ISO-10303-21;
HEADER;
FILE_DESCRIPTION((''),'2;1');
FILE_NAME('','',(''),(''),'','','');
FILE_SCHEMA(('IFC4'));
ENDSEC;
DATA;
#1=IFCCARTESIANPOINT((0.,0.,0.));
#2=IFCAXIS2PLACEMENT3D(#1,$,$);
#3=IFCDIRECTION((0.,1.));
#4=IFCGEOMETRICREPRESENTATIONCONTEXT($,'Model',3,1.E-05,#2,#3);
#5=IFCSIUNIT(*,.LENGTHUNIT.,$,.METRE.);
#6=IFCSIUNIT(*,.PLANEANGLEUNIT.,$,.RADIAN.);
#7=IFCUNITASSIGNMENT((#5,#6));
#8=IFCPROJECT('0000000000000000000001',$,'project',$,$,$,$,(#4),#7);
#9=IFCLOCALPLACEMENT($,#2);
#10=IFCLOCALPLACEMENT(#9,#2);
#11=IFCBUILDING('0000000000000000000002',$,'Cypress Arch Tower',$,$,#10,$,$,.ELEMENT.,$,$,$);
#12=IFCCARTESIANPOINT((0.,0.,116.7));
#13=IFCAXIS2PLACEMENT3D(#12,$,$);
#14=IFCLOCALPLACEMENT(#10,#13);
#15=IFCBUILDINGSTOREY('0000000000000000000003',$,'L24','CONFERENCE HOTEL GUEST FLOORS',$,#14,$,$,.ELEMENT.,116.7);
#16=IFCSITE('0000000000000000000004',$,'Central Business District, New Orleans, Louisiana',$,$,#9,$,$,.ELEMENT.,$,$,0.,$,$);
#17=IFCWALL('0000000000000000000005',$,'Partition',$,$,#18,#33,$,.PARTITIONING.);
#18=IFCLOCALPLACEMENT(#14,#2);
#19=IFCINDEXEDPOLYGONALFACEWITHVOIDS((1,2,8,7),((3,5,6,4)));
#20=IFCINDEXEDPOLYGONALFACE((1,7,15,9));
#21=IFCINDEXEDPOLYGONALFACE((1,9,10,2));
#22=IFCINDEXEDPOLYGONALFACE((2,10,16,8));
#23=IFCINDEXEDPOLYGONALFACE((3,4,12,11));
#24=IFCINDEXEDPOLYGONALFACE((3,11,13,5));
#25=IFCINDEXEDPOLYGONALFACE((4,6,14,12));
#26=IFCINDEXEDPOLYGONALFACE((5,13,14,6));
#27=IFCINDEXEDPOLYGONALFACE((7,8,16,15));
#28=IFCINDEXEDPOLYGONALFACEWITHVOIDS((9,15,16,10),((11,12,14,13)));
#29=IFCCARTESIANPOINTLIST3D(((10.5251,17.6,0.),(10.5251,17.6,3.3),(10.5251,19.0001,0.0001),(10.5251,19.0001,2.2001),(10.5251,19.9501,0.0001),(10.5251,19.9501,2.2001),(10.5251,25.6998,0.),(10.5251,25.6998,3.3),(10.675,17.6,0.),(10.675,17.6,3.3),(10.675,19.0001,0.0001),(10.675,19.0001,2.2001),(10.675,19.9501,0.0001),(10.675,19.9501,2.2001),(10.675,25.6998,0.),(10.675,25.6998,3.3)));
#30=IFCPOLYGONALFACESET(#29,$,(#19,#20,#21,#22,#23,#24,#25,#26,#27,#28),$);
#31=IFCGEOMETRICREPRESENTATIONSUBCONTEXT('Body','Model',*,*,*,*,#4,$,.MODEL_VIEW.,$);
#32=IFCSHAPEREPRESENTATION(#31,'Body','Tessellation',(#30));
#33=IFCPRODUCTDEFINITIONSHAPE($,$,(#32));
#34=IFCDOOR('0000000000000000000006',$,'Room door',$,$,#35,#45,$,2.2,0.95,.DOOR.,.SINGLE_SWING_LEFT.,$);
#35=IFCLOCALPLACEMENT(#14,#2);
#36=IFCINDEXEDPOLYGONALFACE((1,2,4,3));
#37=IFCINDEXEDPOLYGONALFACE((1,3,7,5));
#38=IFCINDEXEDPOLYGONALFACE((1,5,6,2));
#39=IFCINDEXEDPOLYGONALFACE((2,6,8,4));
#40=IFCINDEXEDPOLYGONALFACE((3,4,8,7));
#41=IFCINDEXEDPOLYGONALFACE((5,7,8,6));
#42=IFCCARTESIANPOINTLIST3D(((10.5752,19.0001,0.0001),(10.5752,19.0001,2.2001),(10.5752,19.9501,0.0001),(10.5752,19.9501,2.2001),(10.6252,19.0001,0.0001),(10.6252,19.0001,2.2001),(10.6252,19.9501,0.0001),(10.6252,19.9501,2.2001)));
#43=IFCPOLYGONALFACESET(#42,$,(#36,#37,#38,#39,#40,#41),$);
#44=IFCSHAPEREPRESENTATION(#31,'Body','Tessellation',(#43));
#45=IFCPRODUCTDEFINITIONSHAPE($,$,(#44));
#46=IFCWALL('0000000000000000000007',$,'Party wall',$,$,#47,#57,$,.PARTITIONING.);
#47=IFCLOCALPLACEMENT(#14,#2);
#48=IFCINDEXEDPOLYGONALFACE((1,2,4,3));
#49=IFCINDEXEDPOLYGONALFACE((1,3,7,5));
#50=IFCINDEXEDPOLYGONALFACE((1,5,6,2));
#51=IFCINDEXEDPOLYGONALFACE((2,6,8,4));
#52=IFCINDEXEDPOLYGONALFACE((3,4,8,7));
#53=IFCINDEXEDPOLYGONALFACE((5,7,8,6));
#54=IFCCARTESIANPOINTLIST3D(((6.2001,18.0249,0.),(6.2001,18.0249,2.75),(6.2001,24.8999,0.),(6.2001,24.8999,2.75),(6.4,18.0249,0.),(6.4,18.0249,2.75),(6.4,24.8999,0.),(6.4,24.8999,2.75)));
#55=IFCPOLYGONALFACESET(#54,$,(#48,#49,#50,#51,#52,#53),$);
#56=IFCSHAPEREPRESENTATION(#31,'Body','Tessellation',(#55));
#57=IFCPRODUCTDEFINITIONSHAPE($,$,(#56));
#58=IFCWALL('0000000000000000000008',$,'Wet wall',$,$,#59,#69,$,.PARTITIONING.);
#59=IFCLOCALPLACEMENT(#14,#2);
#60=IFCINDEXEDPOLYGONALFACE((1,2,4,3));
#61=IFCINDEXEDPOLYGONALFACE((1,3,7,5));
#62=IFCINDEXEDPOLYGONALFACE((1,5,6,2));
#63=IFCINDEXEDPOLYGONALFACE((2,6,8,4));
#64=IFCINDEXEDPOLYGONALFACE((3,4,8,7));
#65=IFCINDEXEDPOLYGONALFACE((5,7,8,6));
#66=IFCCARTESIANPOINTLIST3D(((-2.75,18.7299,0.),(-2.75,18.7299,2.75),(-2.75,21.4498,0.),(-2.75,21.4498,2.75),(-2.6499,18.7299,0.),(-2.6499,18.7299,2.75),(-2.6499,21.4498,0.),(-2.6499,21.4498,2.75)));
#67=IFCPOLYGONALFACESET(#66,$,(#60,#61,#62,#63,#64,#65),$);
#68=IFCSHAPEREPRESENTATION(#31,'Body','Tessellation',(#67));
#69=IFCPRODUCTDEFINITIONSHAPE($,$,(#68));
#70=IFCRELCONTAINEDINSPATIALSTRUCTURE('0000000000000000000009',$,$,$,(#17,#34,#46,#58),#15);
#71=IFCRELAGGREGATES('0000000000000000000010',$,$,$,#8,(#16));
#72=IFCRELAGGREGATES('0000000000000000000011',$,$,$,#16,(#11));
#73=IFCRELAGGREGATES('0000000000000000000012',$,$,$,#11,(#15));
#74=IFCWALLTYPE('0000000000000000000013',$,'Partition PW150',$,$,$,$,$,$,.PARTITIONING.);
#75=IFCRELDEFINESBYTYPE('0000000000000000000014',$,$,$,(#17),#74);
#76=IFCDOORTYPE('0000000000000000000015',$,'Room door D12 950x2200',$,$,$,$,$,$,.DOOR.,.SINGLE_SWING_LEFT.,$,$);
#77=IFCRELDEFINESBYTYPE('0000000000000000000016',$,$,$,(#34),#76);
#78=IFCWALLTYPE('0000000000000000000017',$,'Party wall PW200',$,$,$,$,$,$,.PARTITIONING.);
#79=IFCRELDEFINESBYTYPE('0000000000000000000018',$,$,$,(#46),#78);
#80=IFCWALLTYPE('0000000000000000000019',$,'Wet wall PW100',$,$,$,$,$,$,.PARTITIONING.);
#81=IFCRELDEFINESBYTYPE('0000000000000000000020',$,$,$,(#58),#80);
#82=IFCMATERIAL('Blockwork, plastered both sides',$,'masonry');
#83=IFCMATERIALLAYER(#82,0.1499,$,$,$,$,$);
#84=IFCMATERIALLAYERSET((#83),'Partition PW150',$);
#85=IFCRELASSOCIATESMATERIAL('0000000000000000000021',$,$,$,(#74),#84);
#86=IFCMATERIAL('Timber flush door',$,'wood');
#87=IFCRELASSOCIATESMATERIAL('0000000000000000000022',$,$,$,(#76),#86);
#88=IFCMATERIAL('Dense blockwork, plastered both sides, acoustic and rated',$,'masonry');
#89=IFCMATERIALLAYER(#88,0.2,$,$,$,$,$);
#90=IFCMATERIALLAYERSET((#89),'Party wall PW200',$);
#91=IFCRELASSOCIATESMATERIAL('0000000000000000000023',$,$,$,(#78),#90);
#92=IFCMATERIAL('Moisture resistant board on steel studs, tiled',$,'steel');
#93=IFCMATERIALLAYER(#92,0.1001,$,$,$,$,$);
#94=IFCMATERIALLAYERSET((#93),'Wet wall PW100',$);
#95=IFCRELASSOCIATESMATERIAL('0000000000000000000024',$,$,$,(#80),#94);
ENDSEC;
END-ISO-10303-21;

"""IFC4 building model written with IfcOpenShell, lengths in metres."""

from ifc_helpers import new_model, si_unit, direction, frame, frame_2d, origin, place, context, subcontext, project, spatial, rectangle, extrude, material, layer, layer_set, type_object, element, fill, save


model = new_model("IFC4")

# Units and contexts
model_context = context("Model", 3, precision=1e-05, world=origin(), true_north=direction((0.0, 1.0)))
body_context = subcontext(model_context, "Body", "Model", "MODEL_VIEW")
ifc_project = project(units=[si_unit("LENGTHUNIT", "METRE"), si_unit("PLANEANGLEUNIT", "RADIAN")], contexts=[model_context])

# Site, building, storey
site_placement = place(None, origin())
site = spatial("IfcSite", under=ifc_project, at=site_placement, Name="Central Business District, New Orleans, Louisiana", CompositionType="ELEMENT", RefElevation=0.0)
building_placement = place(site_placement, origin())
building = spatial("IfcBuilding", under=site, at=building_placement, Name="Cypress Arch Tower", CompositionType="ELEMENT")
storey_placement = place(building_placement, frame((0.0, 0.0, 116.7)))
storey = spatial("IfcBuildingStorey", under=building, at=storey_placement, Name="L24", Description="CONFERENCE HOTEL GUEST FLOORS", CompositionType="ELEMENT", Elevation=116.7)

# Shared definitions
ifc_material_1 = material(Name="Blockwork, plastered both sides", Category="masonry")
ifc_layer_1 = layer(ifc_material_1, 0.1499)
ifc_layer_set_1 = layer_set([ifc_layer_1], Name="Partition PW150")
wall_type_1 = type_object("IfcWallType", Name="Partition PW150", PredefinedType="PARTITIONING", material=ifc_layer_set_1)
ifc_material_2 = material(Name="Timber flush door", Category="wood")
door_type_1 = type_object("IfcDoorType", Name="Room door D12 950x2200", OperationType="SINGLE_SWING_LEFT", PredefinedType="DOOR", material=ifc_material_2)

# Wall, opening, door
wall_1_placement = place(storey_placement, frame((10.6001, 17.6001, 0.0), z_axis=(0.0, 0.0, 1.0), x_axis=(0.0, 1.0, 0.0)))
wall_1 = element("IfcWall", 1, at=wall_1_placement, inside=storey, type_object=wall_type_1, Name="Partition", PredefinedType="PARTITIONING", context=body_context, shape_type="SweptSolid", body=[
    extrude(rectangle(XDim=8.0999, YDim=0.1499, at=frame_2d((4.0498, 0.0))), origin(), (0.0, 0.0, 1.0), 3.3),
])
opening_1_placement = place(wall_1_placement, frame((1.3999, 0.0, 0.0)))
opening_1 = element("IfcOpeningElement", 2, at=opening_1_placement, cuts=wall_1, PredefinedType="OPENING", context=body_context, shape_type="SweptSolid", body=[
    extrude(rectangle(XDim=0.95, YDim=2.2, at=frame_2d((0.4751, 1.1001))), frame((0.0, 0.085, 0.0), z_axis=(0.0, -1.0, 0.0), x_axis=(1.0, 0.0, 0.0)), (0.0, 0.0, 1.0), 0.1699),
])
door_1_placement = place(opening_1_placement, origin())
door_1 = element("IfcDoor", 3, at=door_1_placement, inside=storey, type_object=door_type_1, Name="Room door", OperationType="SINGLE_SWING_LEFT", OverallHeight=2.2, OverallWidth=0.95, PredefinedType="DOOR", context=body_context, shape_type="SweptSolid", body=[
    extrude(rectangle(XDim=0.95, YDim=2.2, at=frame_2d((0.4751, 1.1001))), frame((0.0, 0.0249, 0.0), z_axis=(0.0, -1.0, 0.0), x_axis=(1.0, 0.0, 0.0)), (0.0, 0.0, 1.0), 0.05),
])
fill(opening_1, door_1)

# Walls
ifc_material_3 = material(Name="Dense blockwork, plastered both sides, acoustic and rated", Category="masonry")
ifc_layer_2 = layer(ifc_material_3, 0.2)
ifc_layer_set_2 = layer_set([ifc_layer_2], Name="Party wall PW200")
wall_type_2 = type_object("IfcWallType", Name="Party wall PW200", PredefinedType="PARTITIONING", material=ifc_layer_set_2)
wall_2_placement = place(storey_placement, frame((6.3, 18.0249, 0.0), z_axis=(0.0, 0.0, 1.0), x_axis=(0.0, 1.0, 0.0)))
element("IfcWall", 4, at=wall_2_placement, inside=storey, type_object=wall_type_2, Name="Party wall", PredefinedType="PARTITIONING", context=body_context, shape_type="SweptSolid", body=[
    extrude(rectangle(XDim=6.875, YDim=0.2, at=frame_2d((3.4375, 0.0))), origin(), (0.0, 0.0, 1.0), 2.75),
])
ifc_material_4 = material(Name="Moisture resistant board on steel studs, tiled", Category="steel")
ifc_layer_3 = layer(ifc_material_4, 0.1001)
ifc_layer_set_3 = layer_set([ifc_layer_3], Name="Wet wall PW100")
wall_type_3 = type_object("IfcWallType", Name="Wet wall PW100", PredefinedType="PARTITIONING", material=ifc_layer_set_3)
wall_3_placement = place(storey_placement, frame((-2.7, 18.73, 0.0), z_axis=(0.0, 0.0, 1.0), x_axis=(0.0, 1.0, 0.0)))
element("IfcWall", 5, at=wall_3_placement, inside=storey, type_object=wall_type_3, Name="Wet wall", PredefinedType="PARTITIONING", context=body_context, shape_type="SweptSolid", body=[
    extrude(rectangle(XDim=2.72, YDim=0.1001, at=frame_2d((1.3599, 0.0))), origin(), (0.0, 0.0, 1.0), 2.75),
])

save(model, "model.ifc")
